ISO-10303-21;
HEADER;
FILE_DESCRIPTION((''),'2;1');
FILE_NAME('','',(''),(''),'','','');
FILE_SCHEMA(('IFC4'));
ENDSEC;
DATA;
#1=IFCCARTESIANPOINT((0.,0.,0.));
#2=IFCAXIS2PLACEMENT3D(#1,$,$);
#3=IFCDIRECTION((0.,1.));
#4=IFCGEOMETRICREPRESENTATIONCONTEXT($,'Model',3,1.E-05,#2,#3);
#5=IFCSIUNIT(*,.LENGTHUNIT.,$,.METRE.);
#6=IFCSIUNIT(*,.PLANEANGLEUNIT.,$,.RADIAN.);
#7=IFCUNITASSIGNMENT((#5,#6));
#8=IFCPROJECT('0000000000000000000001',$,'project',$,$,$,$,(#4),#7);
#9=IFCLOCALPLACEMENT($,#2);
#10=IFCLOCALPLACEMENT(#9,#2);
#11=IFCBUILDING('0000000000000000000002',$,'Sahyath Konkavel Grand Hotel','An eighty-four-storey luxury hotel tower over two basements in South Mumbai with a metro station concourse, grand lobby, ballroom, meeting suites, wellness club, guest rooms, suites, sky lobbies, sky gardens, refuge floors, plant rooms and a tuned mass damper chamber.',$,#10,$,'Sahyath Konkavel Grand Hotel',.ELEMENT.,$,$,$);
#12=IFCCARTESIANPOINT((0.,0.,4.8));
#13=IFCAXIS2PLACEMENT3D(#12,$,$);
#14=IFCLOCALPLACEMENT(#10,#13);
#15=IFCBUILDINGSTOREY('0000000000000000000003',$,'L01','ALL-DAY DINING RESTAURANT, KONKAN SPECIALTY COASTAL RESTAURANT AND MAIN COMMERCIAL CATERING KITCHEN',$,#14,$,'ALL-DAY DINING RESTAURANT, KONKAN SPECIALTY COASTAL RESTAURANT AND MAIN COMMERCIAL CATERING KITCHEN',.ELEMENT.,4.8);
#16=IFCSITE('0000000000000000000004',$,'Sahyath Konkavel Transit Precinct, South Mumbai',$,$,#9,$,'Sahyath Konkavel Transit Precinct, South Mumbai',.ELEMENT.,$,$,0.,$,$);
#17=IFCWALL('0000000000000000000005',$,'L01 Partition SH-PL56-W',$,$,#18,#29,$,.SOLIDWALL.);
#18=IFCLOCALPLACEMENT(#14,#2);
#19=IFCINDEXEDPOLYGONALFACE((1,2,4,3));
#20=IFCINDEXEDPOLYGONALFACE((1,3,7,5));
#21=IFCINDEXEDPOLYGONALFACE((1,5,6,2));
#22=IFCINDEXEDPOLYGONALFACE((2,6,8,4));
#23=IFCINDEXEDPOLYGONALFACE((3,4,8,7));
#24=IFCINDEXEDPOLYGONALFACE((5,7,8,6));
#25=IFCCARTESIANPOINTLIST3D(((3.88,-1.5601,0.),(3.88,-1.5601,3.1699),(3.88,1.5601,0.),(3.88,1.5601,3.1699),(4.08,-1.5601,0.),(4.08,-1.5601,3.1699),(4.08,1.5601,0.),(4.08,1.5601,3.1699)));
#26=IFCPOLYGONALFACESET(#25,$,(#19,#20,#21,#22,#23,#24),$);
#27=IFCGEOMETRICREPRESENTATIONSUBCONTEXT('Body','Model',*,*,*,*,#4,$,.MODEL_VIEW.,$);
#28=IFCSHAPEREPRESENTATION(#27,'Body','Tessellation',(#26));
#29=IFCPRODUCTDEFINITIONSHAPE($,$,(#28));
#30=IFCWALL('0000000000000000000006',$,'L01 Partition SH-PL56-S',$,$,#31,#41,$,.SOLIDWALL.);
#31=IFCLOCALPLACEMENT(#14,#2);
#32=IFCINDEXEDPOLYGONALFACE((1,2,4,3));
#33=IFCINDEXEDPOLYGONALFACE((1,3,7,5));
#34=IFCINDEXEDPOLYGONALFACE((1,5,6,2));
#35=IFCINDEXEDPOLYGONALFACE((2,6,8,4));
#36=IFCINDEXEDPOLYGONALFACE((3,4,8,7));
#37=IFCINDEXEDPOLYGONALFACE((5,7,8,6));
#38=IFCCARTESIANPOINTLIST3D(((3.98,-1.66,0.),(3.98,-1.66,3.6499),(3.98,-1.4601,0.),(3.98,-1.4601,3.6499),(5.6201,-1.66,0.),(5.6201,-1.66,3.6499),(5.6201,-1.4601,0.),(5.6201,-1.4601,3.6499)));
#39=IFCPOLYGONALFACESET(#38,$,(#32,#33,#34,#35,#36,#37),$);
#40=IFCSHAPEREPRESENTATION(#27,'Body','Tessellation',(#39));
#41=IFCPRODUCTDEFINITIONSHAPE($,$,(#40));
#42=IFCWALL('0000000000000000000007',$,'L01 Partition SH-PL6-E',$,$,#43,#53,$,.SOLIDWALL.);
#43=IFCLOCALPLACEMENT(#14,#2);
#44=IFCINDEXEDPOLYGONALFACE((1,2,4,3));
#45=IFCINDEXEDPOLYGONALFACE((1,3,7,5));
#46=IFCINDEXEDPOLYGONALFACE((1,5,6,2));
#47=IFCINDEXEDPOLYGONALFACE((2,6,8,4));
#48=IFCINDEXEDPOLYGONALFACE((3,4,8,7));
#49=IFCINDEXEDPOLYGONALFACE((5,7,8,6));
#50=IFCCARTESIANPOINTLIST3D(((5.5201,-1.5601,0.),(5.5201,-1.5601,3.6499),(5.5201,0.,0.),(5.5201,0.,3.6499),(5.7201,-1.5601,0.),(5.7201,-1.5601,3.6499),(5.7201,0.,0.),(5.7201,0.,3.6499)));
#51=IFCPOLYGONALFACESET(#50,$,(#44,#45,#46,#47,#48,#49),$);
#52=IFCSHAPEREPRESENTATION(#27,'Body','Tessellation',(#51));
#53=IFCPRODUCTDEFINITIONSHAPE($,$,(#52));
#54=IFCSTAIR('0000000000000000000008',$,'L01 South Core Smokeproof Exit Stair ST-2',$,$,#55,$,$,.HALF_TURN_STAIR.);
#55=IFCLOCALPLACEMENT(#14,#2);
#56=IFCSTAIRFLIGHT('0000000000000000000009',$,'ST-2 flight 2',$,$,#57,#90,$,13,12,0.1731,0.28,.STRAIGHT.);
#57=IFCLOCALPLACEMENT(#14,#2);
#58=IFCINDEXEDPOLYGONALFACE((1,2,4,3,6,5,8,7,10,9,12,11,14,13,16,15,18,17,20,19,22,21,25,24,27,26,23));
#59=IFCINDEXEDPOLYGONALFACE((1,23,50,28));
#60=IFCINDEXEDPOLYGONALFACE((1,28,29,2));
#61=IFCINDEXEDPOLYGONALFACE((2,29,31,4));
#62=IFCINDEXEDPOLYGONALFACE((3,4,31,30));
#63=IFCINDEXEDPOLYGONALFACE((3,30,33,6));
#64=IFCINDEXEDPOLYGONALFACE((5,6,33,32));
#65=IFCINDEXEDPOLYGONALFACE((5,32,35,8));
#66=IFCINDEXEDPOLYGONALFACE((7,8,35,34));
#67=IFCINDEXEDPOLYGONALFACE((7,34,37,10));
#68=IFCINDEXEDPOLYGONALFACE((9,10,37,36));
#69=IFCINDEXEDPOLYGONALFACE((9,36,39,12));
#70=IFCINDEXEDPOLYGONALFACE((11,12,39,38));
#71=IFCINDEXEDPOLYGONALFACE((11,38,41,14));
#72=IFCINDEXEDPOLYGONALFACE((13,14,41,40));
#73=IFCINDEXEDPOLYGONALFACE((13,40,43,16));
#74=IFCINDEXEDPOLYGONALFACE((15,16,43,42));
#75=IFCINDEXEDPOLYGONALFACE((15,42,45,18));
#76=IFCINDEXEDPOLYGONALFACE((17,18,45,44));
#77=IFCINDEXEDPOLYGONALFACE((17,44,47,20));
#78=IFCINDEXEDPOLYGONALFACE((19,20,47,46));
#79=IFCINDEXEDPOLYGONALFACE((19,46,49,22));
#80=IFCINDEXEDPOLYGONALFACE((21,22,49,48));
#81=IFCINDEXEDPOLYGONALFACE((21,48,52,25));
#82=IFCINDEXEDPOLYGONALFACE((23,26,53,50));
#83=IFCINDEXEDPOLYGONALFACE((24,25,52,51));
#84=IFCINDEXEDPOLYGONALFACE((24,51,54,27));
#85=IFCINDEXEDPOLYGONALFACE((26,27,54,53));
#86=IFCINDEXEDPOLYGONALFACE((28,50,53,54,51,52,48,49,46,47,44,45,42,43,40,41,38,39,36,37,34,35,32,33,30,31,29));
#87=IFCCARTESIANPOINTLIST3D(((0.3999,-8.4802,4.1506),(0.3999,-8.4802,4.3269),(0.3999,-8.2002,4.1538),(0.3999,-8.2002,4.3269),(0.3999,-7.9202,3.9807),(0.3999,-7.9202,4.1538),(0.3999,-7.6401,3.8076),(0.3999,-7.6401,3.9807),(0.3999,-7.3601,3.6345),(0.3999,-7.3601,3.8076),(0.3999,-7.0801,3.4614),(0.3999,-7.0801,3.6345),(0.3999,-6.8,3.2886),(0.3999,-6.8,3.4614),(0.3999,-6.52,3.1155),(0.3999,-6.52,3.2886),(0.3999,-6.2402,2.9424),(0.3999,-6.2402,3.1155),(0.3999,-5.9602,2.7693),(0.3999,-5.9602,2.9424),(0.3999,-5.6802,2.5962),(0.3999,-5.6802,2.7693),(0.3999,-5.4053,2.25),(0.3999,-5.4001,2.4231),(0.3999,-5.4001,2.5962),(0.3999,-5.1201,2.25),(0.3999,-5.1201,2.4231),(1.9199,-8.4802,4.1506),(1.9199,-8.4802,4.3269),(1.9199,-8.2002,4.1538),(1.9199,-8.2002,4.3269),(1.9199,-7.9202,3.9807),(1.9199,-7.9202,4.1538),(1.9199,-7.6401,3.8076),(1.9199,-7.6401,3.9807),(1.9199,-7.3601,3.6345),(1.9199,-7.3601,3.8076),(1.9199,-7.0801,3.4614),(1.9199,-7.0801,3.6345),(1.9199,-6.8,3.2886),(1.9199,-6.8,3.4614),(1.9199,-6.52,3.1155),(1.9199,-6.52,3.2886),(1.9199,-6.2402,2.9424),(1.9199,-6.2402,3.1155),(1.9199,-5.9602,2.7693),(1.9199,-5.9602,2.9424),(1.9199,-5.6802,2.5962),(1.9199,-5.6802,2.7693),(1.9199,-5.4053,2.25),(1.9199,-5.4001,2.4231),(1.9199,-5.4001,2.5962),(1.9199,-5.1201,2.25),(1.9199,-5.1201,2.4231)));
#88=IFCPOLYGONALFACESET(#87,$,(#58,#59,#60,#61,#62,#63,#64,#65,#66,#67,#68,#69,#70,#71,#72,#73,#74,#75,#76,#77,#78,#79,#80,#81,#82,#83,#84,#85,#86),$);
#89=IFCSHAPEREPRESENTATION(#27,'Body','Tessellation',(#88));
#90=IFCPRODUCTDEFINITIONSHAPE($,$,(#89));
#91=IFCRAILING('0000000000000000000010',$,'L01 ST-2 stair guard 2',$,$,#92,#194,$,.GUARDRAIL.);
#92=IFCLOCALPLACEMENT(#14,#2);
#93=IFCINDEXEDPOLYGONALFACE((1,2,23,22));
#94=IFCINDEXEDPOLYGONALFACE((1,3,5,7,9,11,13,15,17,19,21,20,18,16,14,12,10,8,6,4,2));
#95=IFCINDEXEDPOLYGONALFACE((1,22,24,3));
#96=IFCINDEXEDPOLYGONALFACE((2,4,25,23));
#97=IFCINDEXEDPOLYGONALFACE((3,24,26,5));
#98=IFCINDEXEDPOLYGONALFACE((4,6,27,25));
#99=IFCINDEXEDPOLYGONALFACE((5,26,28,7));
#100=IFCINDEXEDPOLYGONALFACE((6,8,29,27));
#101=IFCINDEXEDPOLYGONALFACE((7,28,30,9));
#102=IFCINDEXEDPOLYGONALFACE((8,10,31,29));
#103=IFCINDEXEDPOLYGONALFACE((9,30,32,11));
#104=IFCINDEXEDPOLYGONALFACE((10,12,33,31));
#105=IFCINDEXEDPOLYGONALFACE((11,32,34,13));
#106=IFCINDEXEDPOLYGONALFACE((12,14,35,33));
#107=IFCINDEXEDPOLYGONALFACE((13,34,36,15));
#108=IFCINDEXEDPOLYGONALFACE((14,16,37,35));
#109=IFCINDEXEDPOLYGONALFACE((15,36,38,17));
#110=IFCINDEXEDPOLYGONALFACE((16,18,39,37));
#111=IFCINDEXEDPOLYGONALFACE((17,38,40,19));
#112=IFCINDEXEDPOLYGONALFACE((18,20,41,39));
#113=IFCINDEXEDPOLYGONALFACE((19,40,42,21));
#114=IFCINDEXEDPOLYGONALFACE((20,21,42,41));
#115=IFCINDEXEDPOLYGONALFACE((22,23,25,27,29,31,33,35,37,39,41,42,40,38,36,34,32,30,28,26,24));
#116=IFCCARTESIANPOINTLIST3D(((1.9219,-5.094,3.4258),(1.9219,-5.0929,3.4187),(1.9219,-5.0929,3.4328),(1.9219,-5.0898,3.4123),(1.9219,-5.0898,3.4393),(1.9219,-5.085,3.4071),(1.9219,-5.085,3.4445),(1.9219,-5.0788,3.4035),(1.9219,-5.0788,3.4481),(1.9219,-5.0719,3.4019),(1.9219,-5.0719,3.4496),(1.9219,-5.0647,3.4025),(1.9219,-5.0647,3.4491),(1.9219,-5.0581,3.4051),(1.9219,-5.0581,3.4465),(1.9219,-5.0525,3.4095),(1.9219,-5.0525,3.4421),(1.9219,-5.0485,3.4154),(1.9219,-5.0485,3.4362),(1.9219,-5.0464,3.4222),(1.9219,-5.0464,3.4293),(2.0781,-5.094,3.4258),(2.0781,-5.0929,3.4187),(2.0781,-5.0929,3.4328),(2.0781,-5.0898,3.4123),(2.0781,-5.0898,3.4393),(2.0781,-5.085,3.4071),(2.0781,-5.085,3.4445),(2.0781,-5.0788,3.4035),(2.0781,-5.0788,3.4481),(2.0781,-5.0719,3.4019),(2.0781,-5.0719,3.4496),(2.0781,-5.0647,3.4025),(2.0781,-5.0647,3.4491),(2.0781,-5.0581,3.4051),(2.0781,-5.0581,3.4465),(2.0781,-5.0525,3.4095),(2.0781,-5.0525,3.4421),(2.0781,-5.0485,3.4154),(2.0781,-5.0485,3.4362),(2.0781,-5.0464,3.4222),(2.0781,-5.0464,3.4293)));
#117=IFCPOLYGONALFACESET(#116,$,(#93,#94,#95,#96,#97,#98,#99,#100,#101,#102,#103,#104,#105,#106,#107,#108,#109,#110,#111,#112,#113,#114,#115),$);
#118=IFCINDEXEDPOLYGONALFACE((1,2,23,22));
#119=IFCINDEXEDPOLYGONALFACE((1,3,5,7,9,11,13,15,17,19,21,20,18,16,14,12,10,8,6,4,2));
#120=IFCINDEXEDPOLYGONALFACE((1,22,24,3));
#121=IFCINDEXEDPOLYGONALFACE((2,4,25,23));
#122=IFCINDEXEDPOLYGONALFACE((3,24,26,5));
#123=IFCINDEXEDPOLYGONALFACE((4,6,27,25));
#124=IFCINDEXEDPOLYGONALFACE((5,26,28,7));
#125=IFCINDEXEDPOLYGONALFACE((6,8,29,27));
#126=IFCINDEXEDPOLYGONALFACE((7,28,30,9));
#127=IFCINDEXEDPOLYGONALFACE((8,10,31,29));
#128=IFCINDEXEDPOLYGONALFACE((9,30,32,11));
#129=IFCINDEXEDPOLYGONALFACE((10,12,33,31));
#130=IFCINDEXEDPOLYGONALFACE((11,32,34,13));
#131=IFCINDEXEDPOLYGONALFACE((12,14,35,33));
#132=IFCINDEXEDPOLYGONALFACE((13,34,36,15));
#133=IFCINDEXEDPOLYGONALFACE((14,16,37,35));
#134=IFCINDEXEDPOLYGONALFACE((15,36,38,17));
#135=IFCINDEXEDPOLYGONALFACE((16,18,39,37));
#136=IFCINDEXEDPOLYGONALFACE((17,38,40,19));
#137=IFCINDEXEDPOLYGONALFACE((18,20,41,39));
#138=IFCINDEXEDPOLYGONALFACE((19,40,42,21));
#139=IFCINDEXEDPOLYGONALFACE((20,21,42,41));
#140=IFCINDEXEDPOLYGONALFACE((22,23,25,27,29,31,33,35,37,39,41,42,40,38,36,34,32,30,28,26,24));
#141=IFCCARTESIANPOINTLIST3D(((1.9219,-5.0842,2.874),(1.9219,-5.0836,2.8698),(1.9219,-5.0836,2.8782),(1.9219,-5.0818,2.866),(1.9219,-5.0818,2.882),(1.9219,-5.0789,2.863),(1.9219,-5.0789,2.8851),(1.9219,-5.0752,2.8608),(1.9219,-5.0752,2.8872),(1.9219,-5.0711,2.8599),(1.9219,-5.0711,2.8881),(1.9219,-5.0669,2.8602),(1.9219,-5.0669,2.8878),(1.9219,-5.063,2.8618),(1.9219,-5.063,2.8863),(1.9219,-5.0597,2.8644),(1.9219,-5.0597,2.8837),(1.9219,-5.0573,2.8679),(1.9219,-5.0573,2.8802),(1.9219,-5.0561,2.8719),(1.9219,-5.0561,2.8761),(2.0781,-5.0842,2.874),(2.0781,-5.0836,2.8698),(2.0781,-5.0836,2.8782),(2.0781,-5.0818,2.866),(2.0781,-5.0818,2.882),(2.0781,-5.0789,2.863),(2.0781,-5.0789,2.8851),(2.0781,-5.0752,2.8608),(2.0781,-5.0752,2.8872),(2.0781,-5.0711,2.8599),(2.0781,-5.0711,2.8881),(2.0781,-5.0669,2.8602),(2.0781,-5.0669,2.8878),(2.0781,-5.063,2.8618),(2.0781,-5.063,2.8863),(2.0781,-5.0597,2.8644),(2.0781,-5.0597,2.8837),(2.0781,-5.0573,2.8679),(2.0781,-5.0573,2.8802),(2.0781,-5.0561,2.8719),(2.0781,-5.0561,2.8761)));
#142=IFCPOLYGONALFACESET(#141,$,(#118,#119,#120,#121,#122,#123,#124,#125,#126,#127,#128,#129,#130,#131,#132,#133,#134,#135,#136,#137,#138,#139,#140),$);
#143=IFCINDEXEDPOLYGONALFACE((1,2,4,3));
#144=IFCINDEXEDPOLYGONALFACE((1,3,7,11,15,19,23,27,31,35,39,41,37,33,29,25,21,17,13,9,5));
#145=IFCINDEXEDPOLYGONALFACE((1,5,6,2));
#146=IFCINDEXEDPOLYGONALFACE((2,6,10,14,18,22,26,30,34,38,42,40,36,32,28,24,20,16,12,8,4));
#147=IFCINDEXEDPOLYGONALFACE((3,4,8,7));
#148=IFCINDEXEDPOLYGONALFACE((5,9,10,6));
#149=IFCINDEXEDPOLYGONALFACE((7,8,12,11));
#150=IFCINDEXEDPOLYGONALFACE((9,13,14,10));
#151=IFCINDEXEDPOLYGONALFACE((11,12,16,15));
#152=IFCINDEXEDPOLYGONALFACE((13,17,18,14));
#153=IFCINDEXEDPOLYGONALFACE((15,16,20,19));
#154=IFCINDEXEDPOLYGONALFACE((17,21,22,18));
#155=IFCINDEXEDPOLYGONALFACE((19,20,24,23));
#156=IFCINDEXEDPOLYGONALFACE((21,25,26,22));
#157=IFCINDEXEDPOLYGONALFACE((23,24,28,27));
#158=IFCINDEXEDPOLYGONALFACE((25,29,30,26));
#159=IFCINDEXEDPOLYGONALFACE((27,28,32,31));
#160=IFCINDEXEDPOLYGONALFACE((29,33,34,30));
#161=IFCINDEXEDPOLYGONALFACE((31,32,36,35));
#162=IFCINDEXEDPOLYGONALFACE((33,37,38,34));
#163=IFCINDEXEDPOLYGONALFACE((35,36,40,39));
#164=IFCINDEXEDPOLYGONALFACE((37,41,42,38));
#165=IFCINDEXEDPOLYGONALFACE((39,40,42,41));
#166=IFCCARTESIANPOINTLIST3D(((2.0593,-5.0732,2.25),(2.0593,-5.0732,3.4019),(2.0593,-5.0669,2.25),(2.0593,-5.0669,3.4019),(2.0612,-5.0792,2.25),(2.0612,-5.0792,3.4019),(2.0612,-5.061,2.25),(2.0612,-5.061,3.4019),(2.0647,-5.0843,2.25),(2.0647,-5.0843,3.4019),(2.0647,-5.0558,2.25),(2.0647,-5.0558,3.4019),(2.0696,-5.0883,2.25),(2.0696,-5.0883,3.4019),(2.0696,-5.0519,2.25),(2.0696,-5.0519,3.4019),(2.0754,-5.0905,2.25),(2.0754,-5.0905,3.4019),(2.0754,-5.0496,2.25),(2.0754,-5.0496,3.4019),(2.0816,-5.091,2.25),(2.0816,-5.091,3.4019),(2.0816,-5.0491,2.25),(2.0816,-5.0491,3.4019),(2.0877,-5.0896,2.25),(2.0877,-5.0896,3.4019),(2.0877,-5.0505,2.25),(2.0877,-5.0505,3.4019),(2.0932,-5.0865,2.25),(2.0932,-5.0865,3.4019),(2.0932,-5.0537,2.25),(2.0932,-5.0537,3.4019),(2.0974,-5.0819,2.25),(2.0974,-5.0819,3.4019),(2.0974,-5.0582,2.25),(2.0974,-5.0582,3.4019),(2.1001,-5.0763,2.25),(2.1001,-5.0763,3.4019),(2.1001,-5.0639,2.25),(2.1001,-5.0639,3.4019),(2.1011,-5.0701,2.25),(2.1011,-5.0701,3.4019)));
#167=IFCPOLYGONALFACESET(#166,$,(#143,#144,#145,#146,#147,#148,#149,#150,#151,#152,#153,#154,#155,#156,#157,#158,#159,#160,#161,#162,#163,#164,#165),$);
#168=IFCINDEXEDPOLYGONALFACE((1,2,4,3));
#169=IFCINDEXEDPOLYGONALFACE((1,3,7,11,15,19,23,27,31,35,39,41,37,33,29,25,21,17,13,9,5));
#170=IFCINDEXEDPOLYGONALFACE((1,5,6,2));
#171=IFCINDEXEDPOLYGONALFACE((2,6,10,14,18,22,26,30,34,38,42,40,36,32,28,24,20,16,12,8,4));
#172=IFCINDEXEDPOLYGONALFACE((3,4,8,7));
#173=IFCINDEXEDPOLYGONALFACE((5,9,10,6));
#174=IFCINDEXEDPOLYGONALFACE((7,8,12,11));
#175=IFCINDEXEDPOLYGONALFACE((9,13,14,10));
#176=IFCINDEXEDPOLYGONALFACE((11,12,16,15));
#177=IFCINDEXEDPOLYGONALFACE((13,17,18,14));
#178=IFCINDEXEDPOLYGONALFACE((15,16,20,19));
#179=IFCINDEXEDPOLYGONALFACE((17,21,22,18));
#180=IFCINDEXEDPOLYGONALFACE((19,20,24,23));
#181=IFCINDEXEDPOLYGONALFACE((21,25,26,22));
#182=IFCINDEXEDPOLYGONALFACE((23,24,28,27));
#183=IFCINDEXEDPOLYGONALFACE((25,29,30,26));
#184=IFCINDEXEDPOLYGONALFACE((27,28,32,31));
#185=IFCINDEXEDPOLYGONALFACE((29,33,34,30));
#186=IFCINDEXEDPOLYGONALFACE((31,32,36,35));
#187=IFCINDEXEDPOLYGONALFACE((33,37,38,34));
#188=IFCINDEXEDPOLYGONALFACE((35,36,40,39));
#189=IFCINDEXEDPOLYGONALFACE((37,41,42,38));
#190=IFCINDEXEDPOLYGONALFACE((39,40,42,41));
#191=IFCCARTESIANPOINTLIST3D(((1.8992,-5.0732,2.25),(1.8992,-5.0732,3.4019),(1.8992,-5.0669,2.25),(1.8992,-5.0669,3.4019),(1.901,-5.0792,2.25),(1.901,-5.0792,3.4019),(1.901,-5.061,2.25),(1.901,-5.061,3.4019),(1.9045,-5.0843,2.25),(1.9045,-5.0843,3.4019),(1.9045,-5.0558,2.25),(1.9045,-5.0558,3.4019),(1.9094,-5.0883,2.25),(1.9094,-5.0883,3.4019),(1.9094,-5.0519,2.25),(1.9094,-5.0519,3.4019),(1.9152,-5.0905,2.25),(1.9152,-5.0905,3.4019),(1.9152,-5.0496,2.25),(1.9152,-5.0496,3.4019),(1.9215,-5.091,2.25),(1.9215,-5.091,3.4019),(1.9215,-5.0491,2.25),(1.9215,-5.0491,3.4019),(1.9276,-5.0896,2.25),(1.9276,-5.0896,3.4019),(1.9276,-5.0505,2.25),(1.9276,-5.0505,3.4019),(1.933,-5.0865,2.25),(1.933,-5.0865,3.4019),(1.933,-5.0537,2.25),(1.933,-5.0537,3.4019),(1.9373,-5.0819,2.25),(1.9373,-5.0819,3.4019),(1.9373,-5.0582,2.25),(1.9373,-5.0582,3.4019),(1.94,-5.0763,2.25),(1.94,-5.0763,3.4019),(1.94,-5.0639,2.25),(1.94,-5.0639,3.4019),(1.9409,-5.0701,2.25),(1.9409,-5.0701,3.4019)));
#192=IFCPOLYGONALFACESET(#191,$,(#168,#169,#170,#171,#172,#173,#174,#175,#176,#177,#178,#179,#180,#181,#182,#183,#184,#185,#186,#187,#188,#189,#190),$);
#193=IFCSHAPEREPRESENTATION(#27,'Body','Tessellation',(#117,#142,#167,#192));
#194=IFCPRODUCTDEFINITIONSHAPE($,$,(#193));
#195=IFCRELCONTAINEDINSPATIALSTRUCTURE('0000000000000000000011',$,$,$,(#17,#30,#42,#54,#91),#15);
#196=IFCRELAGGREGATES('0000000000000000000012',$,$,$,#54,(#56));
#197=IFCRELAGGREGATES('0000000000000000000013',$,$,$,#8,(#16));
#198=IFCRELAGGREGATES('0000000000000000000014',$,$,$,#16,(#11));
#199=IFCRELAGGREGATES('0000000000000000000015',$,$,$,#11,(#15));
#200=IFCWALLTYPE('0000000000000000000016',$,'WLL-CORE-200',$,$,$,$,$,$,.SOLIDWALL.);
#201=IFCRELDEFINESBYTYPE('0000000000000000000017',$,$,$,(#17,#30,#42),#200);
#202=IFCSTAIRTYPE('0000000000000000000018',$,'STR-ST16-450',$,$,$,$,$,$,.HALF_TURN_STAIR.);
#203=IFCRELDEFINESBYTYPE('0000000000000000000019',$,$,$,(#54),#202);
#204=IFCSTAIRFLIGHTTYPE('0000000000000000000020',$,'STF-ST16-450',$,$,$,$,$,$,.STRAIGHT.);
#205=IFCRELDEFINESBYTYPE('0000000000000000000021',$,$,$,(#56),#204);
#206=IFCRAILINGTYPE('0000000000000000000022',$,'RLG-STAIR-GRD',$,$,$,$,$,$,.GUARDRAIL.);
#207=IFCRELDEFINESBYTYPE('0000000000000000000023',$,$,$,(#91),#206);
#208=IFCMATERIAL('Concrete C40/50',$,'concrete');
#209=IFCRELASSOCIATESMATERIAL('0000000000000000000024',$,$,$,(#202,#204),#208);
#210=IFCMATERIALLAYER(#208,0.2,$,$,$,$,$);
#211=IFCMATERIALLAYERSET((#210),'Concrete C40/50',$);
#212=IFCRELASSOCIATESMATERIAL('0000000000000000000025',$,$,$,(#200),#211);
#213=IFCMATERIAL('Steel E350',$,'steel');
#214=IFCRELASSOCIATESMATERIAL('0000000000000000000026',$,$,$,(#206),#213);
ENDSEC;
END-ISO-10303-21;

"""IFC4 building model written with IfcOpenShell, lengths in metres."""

from ifc_helpers import new_model, si_unit, direction, frame, frame_2d, origin, origin_2d, place, context, subcontext, project, spatial, polyline, rectangle, circle, outline, extrude, material, layer, layer_set, type_object, element, aggregate, save


model = new_model("IFC4")

# Units and contexts
model_context = context("Model", 3, precision=1e-05, world=origin(), true_north=direction((0.0, 1.0)))
body_context = subcontext(model_context, "Body", "Model", "MODEL_VIEW")
ifc_project = project(units=[si_unit("LENGTHUNIT", "METRE"), si_unit("PLANEANGLEUNIT", "RADIAN")], contexts=[model_context])

# Site, building, storey
site_placement = place(None, origin())
site = spatial("IfcSite", under=ifc_project, at=site_placement, Name="Sahyath Konkavel Transit Precinct, South Mumbai", LongName="Sahyath Konkavel Transit Precinct, South Mumbai", CompositionType="ELEMENT", RefElevation=0.0)
building_placement = place(site_placement, origin())
building = spatial("IfcBuilding", under=site, at=building_placement, Name="Sahyath Konkavel Grand Hotel", Description="An eighty-four-storey luxury hotel tower over two basements in South Mumbai with a metro station concourse, grand lobby, ballroom, meeting suites, wellness club, guest rooms, suites, sky lobbies, sky gardens, refuge floors, plant rooms and a tuned mass damper chamber.", LongName="Sahyath Konkavel Grand Hotel", CompositionType="ELEMENT")
storey_placement = place(building_placement, frame((0.0, 0.0, 4.8)))
storey = spatial("IfcBuildingStorey", under=building, at=storey_placement, Name="L01", Description="ALL-DAY DINING RESTAURANT, KONKAN SPECIALTY COASTAL RESTAURANT AND MAIN COMMERCIAL CATERING KITCHEN", LongName="ALL-DAY DINING RESTAURANT, KONKAN SPECIALTY COASTAL RESTAURANT AND MAIN COMMERCIAL CATERING KITCHEN", CompositionType="ELEMENT", Elevation=4.8)

# Shared definitions
ifc_material_1 = material(Name="Steel E350", Category="steel")

# Shared definitions
ifc_material_2 = material(Name="Concrete C40/50", Category="concrete")
stair_type = type_object("IfcStairType", Name="STR-ST16-450", PredefinedType="HALF_TURN_STAIR", material=ifc_material_2)

# Walls
ifc_layer_1 = layer(ifc_material_2, 0.2)
ifc_layer_set_1 = layer_set([ifc_layer_1], Name="Concrete C40/50")
wall_type = type_object("IfcWallType", Name="WLL-CORE-200", PredefinedType="SOLIDWALL", material=ifc_layer_set_1)
wall_1_placement = place(storey_placement, frame((3.98, -1.5601, 0.0), z_axis=(0.0, 0.0, 1.0), x_axis=(0.0, 1.0, 0.0)))
element("IfcWall", 1, at=wall_1_placement, inside=storey, type_object=wall_type, Name="L01 Partition SH-PL56-W", PredefinedType="SOLIDWALL", context=body_context, shape_type="SweptSolid", body=[
    extrude(rectangle(XDim=3.1201, YDim=0.2, at=frame_2d((1.5601, 0.0))), origin(), (0.0, 0.0, 1.0), 3.1699),
])
wall_2_placement = place(storey_placement, frame((3.98, -1.5601, 0.0), z_axis=(0.0, 0.0, 1.0), x_axis=(1.0, 0.0, 0.0)))
element("IfcWall", 2, at=wall_2_placement, inside=storey, type_object=wall_type, Name="L01 Partition SH-PL56-S", PredefinedType="SOLIDWALL", context=body_context, shape_type="SweptSolid", body=[
    extrude(rectangle(XDim=1.6401, YDim=0.2, at=frame_2d((0.8201, 0.0))), origin(), (0.0, 0.0, 1.0), 3.6499),
])
wall_3_placement = place(storey_placement, frame((5.6201, -1.5601, 0.0), z_axis=(0.0, 0.0, 1.0), x_axis=(0.0, 1.0, 0.0)))
element("IfcWall", 3, at=wall_3_placement, inside=storey, type_object=wall_type, Name="L01 Partition SH-PL6-E", PredefinedType="SOLIDWALL", context=body_context, shape_type="SweptSolid", body=[
    extrude(rectangle(XDim=1.5601, YDim=0.2, at=frame_2d((0.78, 0.0))), origin(), (0.0, 0.0, 1.0), 3.6499),
])

# Stair, stair flight
stair_1_placement = place(storey_placement, origin())
stair_1 = element("IfcStair", 4, at=stair_1_placement, inside=storey, type_object=stair_type, Name="L01 South Core Smokeproof Exit Stair ST-2", PredefinedType="HALF_TURN_STAIR")
stair_flight_type = type_object("IfcStairFlightType", Name="STF-ST16-450", PredefinedType="STRAIGHT", material=ifc_material_2)
stair_flight_placement = place(storey_placement, frame((1.1599, -5.1201, 2.25), z_axis=(0.0, 0.0, 1.0), x_axis=(0.0, -1.0, 0.0)))
stair_flight = element("IfcStairFlight", 5, at=stair_flight_placement, type_object=stair_flight_type, Name="ST-2 flight 2", NumberOfRisers=13, NumberOfTreads=12, PredefinedType="STRAIGHT", RiserHeight=0.1731, TreadLength=0.28, context=body_context, shape_type="SweptSolid", body=[
    extrude(outline(polyline([(0.0, 0.0), (0.0, 0.1731), (0.28, 0.1731), (0.28, 0.3462), (0.5601, 0.3462), (0.5601, 0.5193), (0.8401, 0.5193), (0.8401, 0.6924), (1.1201, 0.6924), (1.1201, 0.8655), (1.3999, 0.8655), (1.3999, 1.0386), (1.6799, 1.0386), (1.6799, 1.2114), (1.96, 1.2114), (1.96, 1.3845), (2.24, 1.3845), (2.24, 1.5576), (2.52, 1.5576), (2.52, 1.7307), (2.8, 1.7307), (2.8, 1.9038), (3.0801, 1.9038), (3.0801, 2.0769), (3.3601, 2.0769), (3.3601, 2.25), (3.3601, 1.9006), (0.2852, 0.0), (0.0, 0.0)])), frame((0.0, 0.76, 0.0), z_axis=(0.0, -1.0, 0.0), x_axis=(1.0, 0.0, 0.0)), (0.0, 0.0, 1.0), 1.52),
])
aggregate(stair_1, [stair_flight])

# Railing
railing_type_1 = type_object("IfcRailingType", Name="RLG-STAIR-GRD", PredefinedType="GUARDRAIL", material=ifc_material_1)
railing_1_placement = place(storey_placement, frame((2.0801, -5.0701, 2.25)))
element("IfcRailing", 6, at=railing_1_placement, inside=storey, type_object=railing_type_1, Name="L01 ST-2 stair guard 2", PredefinedType="GUARDRAIL", context=body_context, shape_type="SweptSolid", body=[
    extrude(circle(Radius=0.0239, at=origin_2d()), frame((-0.002, 0.0, 1.1758), z_axis=(-1.0, 0.0, 0.0), x_axis=(0.0, -1.0, 0.0)), (0.0, 0.0, 1.0), 0.1562),
    extrude(circle(Radius=0.0142, at=origin_2d()), frame((-0.002, 0.0, 0.624), z_axis=(-1.0, 0.0, 0.0), x_axis=(0.0, -1.0, 0.0)), (0.0, 0.0, 1.0), 0.1562),
    extrude(circle(Radius=0.021, at=origin_2d()), origin(), (0.0, 0.0, 1.0), 1.1519),
    extrude(circle(Radius=0.021, at=origin_2d()), frame((-0.1602, 0.0, 0.0)), (0.0, 0.0, 1.0), 1.1519),
])

save(model, "model.ifc")
